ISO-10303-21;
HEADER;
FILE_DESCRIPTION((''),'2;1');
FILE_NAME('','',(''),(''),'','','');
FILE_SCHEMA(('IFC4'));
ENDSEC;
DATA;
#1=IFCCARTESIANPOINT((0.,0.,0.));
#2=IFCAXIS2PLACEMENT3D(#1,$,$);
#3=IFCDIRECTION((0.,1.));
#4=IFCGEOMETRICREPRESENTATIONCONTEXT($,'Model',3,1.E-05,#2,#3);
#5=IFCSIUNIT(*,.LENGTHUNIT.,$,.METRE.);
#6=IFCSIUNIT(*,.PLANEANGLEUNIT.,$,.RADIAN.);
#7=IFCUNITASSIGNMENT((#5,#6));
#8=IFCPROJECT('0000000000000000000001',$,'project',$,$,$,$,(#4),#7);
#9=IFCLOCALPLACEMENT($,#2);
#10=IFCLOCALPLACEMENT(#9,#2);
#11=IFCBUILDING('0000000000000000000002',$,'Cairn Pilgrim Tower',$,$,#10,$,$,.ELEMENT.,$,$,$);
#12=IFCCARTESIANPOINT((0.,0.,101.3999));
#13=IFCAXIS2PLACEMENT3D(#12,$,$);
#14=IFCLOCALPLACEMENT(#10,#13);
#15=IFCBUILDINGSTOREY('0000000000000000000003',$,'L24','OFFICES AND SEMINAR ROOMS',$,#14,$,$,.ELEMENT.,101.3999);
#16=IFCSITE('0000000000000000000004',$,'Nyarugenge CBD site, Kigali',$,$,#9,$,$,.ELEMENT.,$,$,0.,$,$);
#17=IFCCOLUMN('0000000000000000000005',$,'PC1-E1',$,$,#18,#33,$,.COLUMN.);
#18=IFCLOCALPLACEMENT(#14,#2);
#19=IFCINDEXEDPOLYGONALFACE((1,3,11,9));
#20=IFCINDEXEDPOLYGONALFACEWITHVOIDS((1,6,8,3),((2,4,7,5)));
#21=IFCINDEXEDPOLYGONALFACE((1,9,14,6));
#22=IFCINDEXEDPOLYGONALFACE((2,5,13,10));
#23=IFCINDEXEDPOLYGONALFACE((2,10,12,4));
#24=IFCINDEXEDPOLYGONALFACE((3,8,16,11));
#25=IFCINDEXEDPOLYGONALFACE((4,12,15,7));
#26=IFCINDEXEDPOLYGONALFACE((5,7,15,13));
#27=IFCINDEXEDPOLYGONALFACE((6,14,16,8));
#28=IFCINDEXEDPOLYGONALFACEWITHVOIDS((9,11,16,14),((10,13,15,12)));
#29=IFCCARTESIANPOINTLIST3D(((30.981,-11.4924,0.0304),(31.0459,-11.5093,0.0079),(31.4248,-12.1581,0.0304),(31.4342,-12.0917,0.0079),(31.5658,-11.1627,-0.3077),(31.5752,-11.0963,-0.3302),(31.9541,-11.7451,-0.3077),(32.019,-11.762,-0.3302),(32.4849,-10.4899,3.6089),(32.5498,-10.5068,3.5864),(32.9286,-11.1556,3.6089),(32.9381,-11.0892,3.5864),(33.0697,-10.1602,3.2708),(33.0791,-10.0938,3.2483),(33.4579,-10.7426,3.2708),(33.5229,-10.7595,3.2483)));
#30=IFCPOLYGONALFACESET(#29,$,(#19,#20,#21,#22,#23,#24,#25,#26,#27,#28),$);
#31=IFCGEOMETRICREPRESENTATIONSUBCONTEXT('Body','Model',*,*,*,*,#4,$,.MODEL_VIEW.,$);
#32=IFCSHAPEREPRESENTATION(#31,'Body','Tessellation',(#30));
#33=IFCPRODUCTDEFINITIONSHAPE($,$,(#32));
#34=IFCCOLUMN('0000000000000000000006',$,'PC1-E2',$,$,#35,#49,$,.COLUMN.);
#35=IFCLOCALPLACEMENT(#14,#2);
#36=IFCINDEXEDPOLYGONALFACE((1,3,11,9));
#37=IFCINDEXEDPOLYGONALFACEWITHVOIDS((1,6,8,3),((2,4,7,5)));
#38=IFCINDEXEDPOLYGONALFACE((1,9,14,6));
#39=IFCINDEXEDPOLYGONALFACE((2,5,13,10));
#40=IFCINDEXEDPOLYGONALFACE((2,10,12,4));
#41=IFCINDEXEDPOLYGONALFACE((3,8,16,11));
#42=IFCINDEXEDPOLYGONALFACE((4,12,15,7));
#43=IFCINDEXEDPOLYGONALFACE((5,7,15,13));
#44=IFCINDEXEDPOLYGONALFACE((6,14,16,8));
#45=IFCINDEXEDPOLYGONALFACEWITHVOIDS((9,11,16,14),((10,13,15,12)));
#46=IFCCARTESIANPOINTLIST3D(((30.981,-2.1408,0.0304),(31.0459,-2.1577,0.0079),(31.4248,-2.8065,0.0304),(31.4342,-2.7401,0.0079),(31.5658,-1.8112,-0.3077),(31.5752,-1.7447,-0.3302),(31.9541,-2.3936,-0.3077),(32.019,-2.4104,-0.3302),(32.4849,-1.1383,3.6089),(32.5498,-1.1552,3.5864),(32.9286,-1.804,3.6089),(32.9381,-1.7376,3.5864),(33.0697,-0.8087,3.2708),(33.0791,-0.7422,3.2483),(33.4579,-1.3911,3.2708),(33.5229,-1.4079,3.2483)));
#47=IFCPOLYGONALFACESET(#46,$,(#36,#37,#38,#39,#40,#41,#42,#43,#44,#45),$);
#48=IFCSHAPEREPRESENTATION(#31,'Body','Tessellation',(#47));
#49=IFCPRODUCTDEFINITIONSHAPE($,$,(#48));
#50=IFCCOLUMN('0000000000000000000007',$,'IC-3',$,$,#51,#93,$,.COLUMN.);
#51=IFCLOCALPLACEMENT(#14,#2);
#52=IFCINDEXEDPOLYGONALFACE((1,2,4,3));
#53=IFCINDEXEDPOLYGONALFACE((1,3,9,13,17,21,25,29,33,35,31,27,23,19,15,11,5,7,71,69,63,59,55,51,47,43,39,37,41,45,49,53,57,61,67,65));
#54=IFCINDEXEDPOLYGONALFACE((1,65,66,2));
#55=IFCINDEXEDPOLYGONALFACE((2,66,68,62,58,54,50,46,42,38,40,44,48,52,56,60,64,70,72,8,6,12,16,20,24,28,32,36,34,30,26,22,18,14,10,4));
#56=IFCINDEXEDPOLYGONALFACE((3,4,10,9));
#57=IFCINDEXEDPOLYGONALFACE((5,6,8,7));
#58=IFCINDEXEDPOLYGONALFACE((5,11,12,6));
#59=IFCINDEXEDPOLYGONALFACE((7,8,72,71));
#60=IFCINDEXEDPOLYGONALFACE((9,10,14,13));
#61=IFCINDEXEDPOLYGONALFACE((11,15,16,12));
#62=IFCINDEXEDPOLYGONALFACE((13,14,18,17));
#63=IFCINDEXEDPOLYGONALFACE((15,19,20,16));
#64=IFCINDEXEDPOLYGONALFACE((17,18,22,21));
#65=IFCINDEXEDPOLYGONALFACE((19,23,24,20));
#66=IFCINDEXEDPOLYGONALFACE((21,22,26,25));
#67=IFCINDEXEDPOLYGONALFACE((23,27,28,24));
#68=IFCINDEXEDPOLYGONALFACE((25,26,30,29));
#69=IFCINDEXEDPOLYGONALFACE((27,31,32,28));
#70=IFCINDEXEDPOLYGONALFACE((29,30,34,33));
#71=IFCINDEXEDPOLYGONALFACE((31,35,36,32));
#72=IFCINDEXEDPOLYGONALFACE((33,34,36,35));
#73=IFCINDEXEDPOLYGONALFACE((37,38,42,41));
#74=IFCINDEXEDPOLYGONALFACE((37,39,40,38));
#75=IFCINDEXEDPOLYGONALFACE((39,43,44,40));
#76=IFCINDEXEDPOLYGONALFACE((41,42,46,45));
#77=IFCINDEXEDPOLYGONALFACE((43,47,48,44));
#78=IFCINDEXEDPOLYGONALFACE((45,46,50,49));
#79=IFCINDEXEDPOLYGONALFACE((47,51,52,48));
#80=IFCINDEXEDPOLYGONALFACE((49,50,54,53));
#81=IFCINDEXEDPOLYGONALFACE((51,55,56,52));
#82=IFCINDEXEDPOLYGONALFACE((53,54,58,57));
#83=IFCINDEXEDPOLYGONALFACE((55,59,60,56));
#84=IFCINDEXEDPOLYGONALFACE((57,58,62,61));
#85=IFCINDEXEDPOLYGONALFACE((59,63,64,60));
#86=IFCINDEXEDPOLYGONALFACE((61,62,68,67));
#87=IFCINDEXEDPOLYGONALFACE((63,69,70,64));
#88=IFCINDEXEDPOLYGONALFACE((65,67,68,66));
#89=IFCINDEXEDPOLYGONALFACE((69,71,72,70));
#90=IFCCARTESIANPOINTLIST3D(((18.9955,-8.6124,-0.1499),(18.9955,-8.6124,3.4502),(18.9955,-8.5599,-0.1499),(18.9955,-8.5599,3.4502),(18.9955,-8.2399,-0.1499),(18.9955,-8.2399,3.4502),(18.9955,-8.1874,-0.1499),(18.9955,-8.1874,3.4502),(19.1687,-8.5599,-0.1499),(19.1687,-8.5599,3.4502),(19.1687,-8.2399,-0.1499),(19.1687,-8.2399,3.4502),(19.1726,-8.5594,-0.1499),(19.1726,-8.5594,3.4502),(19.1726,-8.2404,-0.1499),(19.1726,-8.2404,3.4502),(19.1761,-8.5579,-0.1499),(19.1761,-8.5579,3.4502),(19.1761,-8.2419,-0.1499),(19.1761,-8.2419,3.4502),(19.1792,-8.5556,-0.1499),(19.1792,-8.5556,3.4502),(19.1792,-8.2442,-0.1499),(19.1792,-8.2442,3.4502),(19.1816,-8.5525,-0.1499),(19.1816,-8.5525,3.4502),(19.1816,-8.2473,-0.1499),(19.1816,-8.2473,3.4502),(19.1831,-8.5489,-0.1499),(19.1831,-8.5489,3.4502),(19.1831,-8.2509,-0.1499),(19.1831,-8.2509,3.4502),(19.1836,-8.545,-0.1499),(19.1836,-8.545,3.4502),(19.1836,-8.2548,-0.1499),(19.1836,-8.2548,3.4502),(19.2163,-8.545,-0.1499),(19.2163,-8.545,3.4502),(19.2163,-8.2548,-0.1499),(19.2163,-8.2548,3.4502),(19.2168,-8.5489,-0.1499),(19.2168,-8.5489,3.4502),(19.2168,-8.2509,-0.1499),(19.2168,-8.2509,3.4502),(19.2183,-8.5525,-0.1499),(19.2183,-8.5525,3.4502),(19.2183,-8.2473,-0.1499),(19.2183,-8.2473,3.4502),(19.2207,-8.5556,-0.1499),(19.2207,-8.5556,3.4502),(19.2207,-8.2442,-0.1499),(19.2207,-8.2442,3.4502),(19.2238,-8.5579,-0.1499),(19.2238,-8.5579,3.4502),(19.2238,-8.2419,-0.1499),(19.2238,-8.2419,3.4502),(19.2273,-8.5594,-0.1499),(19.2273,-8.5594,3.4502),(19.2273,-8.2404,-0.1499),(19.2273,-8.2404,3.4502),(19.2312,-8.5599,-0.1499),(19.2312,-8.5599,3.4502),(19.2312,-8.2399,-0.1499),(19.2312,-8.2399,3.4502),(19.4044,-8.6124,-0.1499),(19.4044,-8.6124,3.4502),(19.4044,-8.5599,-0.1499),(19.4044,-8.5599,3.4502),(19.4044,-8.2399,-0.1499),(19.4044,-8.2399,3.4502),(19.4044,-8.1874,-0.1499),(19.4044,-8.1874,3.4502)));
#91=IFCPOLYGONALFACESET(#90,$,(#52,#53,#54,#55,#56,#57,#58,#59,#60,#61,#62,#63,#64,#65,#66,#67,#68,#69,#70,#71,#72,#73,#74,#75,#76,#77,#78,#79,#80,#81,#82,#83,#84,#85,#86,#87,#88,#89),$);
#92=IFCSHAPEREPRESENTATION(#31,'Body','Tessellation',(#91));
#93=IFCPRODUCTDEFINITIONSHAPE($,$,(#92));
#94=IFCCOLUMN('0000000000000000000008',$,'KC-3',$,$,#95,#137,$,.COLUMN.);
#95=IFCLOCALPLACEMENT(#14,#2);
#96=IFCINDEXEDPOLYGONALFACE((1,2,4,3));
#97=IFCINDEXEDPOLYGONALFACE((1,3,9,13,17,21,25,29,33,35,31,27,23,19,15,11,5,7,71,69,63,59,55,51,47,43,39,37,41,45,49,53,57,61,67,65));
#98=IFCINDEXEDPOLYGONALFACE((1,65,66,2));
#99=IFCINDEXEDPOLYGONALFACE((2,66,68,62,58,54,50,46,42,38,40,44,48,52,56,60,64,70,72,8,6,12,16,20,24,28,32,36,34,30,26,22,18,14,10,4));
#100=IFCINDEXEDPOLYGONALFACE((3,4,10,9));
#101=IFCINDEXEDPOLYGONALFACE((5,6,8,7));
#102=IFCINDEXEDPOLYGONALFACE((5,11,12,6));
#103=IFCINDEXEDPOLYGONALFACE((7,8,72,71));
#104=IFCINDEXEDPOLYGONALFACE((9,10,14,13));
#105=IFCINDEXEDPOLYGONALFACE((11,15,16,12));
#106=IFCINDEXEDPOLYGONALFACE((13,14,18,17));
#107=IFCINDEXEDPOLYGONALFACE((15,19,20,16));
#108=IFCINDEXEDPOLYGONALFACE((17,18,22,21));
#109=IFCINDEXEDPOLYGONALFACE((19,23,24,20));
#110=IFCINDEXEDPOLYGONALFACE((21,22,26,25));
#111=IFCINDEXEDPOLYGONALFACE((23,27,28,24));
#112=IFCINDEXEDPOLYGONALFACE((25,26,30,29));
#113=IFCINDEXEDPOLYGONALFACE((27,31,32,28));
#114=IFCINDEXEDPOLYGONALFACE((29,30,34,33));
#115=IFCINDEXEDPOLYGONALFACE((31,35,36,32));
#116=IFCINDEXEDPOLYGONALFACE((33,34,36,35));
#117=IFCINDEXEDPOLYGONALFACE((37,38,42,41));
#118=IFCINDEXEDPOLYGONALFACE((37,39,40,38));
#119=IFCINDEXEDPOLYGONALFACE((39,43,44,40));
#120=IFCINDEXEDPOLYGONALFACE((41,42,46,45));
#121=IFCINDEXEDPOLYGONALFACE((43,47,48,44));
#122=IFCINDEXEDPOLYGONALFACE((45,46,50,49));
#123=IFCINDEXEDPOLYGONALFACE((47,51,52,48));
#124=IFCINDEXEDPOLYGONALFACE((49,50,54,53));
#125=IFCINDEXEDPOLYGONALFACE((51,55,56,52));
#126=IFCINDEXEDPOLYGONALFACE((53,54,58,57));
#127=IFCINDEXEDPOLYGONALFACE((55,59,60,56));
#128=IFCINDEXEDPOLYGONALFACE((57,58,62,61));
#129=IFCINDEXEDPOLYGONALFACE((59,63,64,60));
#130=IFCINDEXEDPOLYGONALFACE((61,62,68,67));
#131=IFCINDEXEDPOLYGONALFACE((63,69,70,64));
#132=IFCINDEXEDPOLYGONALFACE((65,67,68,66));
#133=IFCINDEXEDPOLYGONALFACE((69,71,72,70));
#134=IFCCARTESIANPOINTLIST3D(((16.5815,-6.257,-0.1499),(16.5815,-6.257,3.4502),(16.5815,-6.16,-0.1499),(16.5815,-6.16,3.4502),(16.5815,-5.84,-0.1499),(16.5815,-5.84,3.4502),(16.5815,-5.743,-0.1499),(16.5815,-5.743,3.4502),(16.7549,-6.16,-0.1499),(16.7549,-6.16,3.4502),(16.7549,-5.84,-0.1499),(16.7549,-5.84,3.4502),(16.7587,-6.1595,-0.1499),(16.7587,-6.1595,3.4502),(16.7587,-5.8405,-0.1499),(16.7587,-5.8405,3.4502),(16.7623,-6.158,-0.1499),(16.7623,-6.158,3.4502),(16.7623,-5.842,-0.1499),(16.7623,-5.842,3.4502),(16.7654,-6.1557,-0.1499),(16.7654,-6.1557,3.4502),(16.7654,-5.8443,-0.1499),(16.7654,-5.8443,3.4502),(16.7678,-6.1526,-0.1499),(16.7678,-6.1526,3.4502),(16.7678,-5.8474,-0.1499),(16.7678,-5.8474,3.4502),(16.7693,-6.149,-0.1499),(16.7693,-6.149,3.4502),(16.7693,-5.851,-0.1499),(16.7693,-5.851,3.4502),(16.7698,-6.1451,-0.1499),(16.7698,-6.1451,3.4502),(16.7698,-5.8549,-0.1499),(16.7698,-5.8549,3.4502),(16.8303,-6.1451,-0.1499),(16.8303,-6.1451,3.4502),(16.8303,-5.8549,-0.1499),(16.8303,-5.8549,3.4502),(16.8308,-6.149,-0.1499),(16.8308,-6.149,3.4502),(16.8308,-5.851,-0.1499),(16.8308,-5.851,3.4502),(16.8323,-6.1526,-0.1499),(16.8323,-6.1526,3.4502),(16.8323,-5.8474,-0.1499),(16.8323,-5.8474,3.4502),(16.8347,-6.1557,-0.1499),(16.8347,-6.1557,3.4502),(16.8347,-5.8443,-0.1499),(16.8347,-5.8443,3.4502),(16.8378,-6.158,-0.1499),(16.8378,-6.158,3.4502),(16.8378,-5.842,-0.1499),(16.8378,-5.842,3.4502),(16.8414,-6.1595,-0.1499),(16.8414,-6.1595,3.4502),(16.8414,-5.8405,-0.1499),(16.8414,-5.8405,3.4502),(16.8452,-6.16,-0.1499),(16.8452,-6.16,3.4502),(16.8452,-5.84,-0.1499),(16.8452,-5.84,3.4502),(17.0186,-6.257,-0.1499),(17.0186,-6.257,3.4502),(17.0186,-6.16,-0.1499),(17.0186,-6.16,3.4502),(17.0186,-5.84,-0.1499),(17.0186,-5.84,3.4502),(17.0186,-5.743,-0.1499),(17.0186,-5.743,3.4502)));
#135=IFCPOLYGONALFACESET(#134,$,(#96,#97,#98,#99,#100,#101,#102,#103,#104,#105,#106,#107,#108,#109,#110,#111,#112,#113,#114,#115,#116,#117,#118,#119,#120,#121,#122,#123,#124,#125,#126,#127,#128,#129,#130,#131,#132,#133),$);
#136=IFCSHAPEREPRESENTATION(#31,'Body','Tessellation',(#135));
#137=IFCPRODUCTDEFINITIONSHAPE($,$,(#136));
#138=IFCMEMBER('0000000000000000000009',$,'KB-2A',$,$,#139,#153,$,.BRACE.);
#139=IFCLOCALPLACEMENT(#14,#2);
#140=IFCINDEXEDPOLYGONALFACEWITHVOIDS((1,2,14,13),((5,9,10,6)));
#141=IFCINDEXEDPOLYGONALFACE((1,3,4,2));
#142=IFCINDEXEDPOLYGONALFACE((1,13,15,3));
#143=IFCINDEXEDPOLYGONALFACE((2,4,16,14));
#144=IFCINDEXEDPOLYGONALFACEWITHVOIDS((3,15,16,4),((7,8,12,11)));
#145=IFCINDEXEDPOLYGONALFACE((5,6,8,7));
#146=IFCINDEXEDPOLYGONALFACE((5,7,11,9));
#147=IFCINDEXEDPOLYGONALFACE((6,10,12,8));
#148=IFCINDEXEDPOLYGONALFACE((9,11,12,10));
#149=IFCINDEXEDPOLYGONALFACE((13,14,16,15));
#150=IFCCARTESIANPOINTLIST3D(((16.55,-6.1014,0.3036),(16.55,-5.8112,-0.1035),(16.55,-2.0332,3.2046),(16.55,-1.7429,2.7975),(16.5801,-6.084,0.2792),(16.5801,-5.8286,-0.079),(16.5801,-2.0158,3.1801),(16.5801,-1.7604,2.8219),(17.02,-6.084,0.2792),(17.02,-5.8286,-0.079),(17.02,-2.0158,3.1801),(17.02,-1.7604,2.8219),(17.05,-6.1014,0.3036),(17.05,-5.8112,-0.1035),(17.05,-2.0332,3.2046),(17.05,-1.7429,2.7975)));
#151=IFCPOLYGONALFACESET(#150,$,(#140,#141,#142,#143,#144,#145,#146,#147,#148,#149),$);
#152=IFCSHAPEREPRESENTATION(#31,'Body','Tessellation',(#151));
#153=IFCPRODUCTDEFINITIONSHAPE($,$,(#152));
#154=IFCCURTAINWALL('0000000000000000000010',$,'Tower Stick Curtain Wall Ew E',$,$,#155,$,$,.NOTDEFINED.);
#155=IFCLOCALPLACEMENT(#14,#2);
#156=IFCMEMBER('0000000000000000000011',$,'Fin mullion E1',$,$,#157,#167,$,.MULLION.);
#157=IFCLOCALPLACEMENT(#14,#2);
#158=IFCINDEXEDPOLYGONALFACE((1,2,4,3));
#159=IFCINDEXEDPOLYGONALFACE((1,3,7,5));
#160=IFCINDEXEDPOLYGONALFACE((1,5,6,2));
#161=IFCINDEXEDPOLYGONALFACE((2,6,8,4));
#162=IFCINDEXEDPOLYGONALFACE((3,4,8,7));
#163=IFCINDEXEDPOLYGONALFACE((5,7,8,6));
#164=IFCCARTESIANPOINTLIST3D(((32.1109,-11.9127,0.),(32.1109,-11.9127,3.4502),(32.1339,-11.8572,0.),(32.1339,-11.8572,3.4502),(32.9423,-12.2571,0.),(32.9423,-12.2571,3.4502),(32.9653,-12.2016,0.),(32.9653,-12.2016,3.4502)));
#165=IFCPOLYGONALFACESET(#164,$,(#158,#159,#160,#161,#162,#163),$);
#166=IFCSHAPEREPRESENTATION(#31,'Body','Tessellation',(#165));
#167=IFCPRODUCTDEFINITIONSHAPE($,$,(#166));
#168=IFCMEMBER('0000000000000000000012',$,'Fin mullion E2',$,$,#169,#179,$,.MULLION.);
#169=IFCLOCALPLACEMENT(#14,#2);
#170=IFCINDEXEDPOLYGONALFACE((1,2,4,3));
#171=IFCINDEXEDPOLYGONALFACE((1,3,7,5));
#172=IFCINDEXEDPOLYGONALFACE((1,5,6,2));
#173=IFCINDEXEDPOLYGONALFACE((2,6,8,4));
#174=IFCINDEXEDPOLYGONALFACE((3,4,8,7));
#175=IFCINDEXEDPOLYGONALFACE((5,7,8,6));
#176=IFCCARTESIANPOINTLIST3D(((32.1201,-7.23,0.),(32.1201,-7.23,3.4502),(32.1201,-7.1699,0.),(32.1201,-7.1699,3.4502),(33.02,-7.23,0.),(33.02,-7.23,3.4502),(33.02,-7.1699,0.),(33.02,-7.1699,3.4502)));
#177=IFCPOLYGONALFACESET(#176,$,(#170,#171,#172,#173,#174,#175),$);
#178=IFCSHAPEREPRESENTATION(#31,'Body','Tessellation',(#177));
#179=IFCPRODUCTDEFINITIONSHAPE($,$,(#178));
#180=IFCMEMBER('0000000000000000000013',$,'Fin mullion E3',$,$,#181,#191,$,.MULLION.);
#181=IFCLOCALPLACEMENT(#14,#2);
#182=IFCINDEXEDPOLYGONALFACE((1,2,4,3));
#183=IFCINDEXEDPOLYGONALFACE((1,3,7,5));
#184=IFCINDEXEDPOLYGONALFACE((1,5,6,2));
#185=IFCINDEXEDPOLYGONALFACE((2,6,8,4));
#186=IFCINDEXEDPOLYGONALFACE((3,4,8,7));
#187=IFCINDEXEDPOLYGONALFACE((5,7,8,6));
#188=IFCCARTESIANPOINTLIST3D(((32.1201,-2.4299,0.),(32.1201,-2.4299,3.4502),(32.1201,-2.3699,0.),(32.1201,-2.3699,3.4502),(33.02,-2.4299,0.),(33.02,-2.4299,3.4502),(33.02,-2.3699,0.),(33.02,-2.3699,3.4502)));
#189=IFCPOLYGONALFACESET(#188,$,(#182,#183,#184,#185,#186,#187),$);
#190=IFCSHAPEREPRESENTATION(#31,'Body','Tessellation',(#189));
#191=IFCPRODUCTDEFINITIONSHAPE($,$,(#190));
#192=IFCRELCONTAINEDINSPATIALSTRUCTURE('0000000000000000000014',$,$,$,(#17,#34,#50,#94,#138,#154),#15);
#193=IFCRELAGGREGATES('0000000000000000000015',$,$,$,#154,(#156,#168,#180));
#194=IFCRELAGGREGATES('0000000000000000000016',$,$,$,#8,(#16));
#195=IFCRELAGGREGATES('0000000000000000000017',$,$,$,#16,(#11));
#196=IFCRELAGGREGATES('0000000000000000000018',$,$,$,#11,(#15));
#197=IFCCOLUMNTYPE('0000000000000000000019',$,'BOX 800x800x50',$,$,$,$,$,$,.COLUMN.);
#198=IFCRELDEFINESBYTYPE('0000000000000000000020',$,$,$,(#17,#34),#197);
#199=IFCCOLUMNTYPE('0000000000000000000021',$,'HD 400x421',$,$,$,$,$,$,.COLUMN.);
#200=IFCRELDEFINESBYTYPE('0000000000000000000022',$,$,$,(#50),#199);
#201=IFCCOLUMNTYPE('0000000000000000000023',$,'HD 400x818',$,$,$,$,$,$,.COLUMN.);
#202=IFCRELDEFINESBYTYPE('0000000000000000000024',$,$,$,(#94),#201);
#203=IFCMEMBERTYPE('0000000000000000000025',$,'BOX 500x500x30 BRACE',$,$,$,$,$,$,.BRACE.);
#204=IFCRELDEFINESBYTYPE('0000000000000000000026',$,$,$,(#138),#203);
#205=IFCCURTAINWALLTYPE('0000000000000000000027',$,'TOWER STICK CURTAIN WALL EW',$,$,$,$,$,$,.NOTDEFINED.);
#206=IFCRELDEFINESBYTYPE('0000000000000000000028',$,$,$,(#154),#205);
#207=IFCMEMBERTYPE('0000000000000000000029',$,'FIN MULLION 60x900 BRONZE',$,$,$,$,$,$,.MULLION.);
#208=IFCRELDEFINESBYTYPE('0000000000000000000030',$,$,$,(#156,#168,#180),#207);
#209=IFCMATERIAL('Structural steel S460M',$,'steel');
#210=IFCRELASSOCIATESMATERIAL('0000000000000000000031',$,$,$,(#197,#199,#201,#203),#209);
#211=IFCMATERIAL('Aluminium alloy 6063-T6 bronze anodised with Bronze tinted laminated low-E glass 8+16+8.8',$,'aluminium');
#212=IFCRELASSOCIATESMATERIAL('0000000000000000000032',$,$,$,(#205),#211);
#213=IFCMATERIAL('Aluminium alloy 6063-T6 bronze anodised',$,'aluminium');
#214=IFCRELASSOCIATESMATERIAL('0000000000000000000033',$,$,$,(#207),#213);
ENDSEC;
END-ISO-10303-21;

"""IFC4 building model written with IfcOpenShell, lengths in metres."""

from ifc_helpers import new_model, si_unit, direction, frame, origin, origin_2d, place, context, subcontext, project, spatial, rectangle, hollow_rectangle, i_section, extrude, clip, halfspace, material, material_profile, profile_set, type_object, element, aggregate, save


model = new_model("IFC4")

# Units and contexts
model_context = context("Model", 3, precision=1e-05, world=origin(), true_north=direction((0.0, 1.0)))
body_context = subcontext(model_context, "Body", "Model", "MODEL_VIEW")
ifc_project = project(units=[si_unit("LENGTHUNIT", "METRE"), si_unit("PLANEANGLEUNIT", "RADIAN")], contexts=[model_context])

# Site, building, storey
site_placement = place(None, origin())
site = spatial("IfcSite", under=ifc_project, at=site_placement, Name="Nyarugenge CBD site, Kigali", CompositionType="ELEMENT", RefElevation=0.0)
building_placement = place(site_placement, origin())
building = spatial("IfcBuilding", under=site, at=building_placement, Name="Cairn Pilgrim Tower", CompositionType="ELEMENT")
storey_placement = place(building_placement, frame((0.0, 0.0, 101.3999)))
storey = spatial("IfcBuildingStorey", under=building, at=storey_placement, Name="L24", Description="OFFICES AND SEMINAR ROOMS", CompositionType="ELEMENT", Elevation=101.3999)

# Columns
ifc_material_1 = material(Name="Structural steel S460M", Category="steel")
ifc_material_profile_1 = material_profile(ifc_material_1, hollow_rectangle(XDim=0.8, YDim=0.8, WallThickness=0.05, at=origin_2d()), Name="BOX 800x800x50")
ifc_profile_set_1 = profile_set([ifc_material_profile_1], Name="Structural steel S460M")
column_type_1 = type_object("IfcColumnType", Name="BOX 800x800x50", PredefinedType="COLUMN", material=ifc_profile_set_1)
for number, where, z_axis, x_axis, name in (
    (1, (31.5, -11.6272, -0.1499), (0.37512, 0.25006, 0.892612), (-0.554669, 0.832071, 0.0), "PC1-E1"),
    (2, (31.5, -2.2756, -0.1499), (0.37512, 0.25006, 0.892612), (-0.554669, 0.832071, 0.0), "PC1-E2"),
):
    element("IfcColumn", number, at=place(storey_placement, frame(where, z_axis=z_axis, x_axis=x_axis)), inside=storey, type_object=column_type_1, Name=name, PredefinedType="COLUMN", context=body_context, shape_type="Clipping", body=[
        clip(extrude(hollow_rectangle(XDim=0.8, YDim=0.8, WallThickness=0.05, at=origin_2d()), origin(), (0.0, 0.0, 1.0), 4.0332), halfspace(frame((0.0, 0.0, 4.009), z_axis=(0.0, 0.0, 1.0), x_axis=(1.0, 0.0, 0.0)), False)),
    ])
ifc_material_profile_2 = material_profile(ifc_material_1, i_section(OverallWidth=0.4089, OverallDepth=0.425, WebThickness=0.0327, FlangeThickness=0.0525, FilletRadius=0.0149, at=origin_2d()), Name="HD 400x421")
ifc_profile_set_2 = profile_set([ifc_material_profile_2], Name="Structural steel S460M")
column_type_2 = type_object("IfcColumnType", Name="HD 400x421", PredefinedType="COLUMN", material=ifc_profile_set_2)
column_1_placement = place(storey_placement, frame((19.2, -8.3999, -0.1499), z_axis=(0.0, 0.0, 1.0), x_axis=(1.0, 0.0, 0.0)))
element("IfcColumn", 3, at=column_1_placement, inside=storey, type_object=column_type_2, Name="IC-3", PredefinedType="COLUMN", context=body_context, shape_type="SweptSolid", body=[
    extrude(i_section(OverallWidth=0.4089, OverallDepth=0.425, WebThickness=0.0327, FlangeThickness=0.0525, FilletRadius=0.0149, at=origin_2d()), origin(), (0.0, 0.0, 1.0), 3.6001),
])
ifc_material_profile_3 = material_profile(ifc_material_1, i_section(OverallWidth=0.437, OverallDepth=0.5139, WebThickness=0.0605, FlangeThickness=0.0969, FilletRadius=0.0149, at=origin_2d()), Name="HD 400x818")
ifc_profile_set_3 = profile_set([ifc_material_profile_3], Name="Structural steel S460M")
column_type_3 = type_object("IfcColumnType", Name="HD 400x818", PredefinedType="COLUMN", material=ifc_profile_set_3)
column_2_placement = place(storey_placement, frame((16.8, -6.0, -0.1499), z_axis=(0.0, 0.0, 1.0), x_axis=(1.0, 0.0, 0.0)))
element("IfcColumn", 4, at=column_2_placement, inside=storey, type_object=column_type_3, Name="KC-3", PredefinedType="COLUMN", context=body_context, shape_type="SweptSolid", body=[
    extrude(i_section(OverallWidth=0.437, OverallDepth=0.5139, WebThickness=0.0605, FlangeThickness=0.0969, FilletRadius=0.0149, at=origin_2d()), origin(), (0.0, 0.0, 1.0), 3.6001),
])

# Member
ifc_material_profile_4 = material_profile(ifc_material_1, hollow_rectangle(XDim=0.5, YDim=0.5, WallThickness=0.03, at=origin_2d()), Name="BOX 500x500x30")
ifc_profile_set_4 = profile_set([ifc_material_profile_4], Name="Structural steel S460M")
member_type_1 = type_object("IfcMemberType", Name="BOX 500x500x30 BRACE", PredefinedType="BRACE", material=ifc_profile_set_4)
member_1_placement = place(storey_placement, frame((16.8, -5.9563, 0.1001), z_axis=(0.0, 0.814199, 0.580586), x_axis=(-1.0, 0.0, 0.0)))
element("IfcMember", 5, at=member_1_placement, inside=storey, type_object=member_type_1, Name="KB-2A", PredefinedType="BRACE", context=body_context, shape_type="SweptSolid", body=[
    extrude(hollow_rectangle(XDim=0.5, YDim=0.5, WallThickness=0.03, at=origin_2d()), origin(), (0.0, 0.0, 1.0), 4.9966),
])

# Curtain wall, members
ifc_material_2 = material(Name="Aluminium alloy 6063-T6 bronze anodised with Bronze tinted laminated low-E glass 8+16+8.8", Category="aluminium")
curtain_wall_type = type_object("IfcCurtainWallType", Name="TOWER STICK CURTAIN WALL EW", PredefinedType="NOTDEFINED", material=ifc_material_2)
curtain_wall_placement = place(storey_placement, origin())
curtain_wall = element("IfcCurtainWall", 6, at=curtain_wall_placement, inside=storey, type_object=curtain_wall_type, Name="Tower Stick Curtain Wall Ew E", PredefinedType="NOTDEFINED")
ifc_material_3 = material(Name="Aluminium alloy 6063-T6 bronze anodised", Category="aluminium")
ifc_material_profile_5 = material_profile(ifc_material_3, rectangle(XDim=0.8999, YDim=0.0601, at=origin_2d()), Name="FIN MULLION 60x900 BRONZE")
ifc_profile_set_5 = profile_set([ifc_material_profile_5], Name="Aluminium alloy 6063-T6 bronze anodised")
member_type_2 = type_object("IfcMemberType", Name="FIN MULLION 60x900 BRONZE", PredefinedType="MULLION", material=ifc_profile_set_5)
member_2_placement = place(storey_placement, frame((32.5381, -12.0571, 0.0), z_axis=(0.0, 0.0, 1.0), x_axis=(0.92388, -0.382683, 0.0)))
member_2 = element("IfcMember", 7, at=member_2_placement, type_object=member_type_2, Name="Fin mullion E1", PredefinedType="MULLION", context=body_context, shape_type="SweptSolid", body=[
    extrude(rectangle(XDim=0.8999, YDim=0.0601, at=origin_2d()), origin(), (0.0, 0.0, 1.0), 3.4502),
])
member_3_placement = place(storey_placement, frame((32.5701, -7.2, 0.0), z_axis=(0.0, 0.0, 1.0), x_axis=(1.0, 0.0, 0.0)))
member_3 = element("IfcMember", 8, at=member_3_placement, type_object=member_type_2, Name="Fin mullion E2", PredefinedType="MULLION", context=body_context, shape_type="SweptSolid", body=[
    extrude(rectangle(XDim=0.8999, YDim=0.0601, at=origin_2d()), origin(), (0.0, 0.0, 1.0), 3.4502),
])
member_4_placement = place(storey_placement, frame((32.5701, -2.3999, 0.0), z_axis=(0.0, 0.0, 1.0), x_axis=(1.0, 0.0, 0.0)))
member_4 = element("IfcMember", 9, at=member_4_placement, type_object=member_type_2, Name="Fin mullion E3", PredefinedType="MULLION", context=body_context, shape_type="SweptSolid", body=[
    extrude(rectangle(XDim=0.8999, YDim=0.0601, at=origin_2d()), origin(), (0.0, 0.0, 1.0), 3.4502),
])

aggregate(curtain_wall, [member_2, member_3, member_4])

save(model, "model.ifc")
